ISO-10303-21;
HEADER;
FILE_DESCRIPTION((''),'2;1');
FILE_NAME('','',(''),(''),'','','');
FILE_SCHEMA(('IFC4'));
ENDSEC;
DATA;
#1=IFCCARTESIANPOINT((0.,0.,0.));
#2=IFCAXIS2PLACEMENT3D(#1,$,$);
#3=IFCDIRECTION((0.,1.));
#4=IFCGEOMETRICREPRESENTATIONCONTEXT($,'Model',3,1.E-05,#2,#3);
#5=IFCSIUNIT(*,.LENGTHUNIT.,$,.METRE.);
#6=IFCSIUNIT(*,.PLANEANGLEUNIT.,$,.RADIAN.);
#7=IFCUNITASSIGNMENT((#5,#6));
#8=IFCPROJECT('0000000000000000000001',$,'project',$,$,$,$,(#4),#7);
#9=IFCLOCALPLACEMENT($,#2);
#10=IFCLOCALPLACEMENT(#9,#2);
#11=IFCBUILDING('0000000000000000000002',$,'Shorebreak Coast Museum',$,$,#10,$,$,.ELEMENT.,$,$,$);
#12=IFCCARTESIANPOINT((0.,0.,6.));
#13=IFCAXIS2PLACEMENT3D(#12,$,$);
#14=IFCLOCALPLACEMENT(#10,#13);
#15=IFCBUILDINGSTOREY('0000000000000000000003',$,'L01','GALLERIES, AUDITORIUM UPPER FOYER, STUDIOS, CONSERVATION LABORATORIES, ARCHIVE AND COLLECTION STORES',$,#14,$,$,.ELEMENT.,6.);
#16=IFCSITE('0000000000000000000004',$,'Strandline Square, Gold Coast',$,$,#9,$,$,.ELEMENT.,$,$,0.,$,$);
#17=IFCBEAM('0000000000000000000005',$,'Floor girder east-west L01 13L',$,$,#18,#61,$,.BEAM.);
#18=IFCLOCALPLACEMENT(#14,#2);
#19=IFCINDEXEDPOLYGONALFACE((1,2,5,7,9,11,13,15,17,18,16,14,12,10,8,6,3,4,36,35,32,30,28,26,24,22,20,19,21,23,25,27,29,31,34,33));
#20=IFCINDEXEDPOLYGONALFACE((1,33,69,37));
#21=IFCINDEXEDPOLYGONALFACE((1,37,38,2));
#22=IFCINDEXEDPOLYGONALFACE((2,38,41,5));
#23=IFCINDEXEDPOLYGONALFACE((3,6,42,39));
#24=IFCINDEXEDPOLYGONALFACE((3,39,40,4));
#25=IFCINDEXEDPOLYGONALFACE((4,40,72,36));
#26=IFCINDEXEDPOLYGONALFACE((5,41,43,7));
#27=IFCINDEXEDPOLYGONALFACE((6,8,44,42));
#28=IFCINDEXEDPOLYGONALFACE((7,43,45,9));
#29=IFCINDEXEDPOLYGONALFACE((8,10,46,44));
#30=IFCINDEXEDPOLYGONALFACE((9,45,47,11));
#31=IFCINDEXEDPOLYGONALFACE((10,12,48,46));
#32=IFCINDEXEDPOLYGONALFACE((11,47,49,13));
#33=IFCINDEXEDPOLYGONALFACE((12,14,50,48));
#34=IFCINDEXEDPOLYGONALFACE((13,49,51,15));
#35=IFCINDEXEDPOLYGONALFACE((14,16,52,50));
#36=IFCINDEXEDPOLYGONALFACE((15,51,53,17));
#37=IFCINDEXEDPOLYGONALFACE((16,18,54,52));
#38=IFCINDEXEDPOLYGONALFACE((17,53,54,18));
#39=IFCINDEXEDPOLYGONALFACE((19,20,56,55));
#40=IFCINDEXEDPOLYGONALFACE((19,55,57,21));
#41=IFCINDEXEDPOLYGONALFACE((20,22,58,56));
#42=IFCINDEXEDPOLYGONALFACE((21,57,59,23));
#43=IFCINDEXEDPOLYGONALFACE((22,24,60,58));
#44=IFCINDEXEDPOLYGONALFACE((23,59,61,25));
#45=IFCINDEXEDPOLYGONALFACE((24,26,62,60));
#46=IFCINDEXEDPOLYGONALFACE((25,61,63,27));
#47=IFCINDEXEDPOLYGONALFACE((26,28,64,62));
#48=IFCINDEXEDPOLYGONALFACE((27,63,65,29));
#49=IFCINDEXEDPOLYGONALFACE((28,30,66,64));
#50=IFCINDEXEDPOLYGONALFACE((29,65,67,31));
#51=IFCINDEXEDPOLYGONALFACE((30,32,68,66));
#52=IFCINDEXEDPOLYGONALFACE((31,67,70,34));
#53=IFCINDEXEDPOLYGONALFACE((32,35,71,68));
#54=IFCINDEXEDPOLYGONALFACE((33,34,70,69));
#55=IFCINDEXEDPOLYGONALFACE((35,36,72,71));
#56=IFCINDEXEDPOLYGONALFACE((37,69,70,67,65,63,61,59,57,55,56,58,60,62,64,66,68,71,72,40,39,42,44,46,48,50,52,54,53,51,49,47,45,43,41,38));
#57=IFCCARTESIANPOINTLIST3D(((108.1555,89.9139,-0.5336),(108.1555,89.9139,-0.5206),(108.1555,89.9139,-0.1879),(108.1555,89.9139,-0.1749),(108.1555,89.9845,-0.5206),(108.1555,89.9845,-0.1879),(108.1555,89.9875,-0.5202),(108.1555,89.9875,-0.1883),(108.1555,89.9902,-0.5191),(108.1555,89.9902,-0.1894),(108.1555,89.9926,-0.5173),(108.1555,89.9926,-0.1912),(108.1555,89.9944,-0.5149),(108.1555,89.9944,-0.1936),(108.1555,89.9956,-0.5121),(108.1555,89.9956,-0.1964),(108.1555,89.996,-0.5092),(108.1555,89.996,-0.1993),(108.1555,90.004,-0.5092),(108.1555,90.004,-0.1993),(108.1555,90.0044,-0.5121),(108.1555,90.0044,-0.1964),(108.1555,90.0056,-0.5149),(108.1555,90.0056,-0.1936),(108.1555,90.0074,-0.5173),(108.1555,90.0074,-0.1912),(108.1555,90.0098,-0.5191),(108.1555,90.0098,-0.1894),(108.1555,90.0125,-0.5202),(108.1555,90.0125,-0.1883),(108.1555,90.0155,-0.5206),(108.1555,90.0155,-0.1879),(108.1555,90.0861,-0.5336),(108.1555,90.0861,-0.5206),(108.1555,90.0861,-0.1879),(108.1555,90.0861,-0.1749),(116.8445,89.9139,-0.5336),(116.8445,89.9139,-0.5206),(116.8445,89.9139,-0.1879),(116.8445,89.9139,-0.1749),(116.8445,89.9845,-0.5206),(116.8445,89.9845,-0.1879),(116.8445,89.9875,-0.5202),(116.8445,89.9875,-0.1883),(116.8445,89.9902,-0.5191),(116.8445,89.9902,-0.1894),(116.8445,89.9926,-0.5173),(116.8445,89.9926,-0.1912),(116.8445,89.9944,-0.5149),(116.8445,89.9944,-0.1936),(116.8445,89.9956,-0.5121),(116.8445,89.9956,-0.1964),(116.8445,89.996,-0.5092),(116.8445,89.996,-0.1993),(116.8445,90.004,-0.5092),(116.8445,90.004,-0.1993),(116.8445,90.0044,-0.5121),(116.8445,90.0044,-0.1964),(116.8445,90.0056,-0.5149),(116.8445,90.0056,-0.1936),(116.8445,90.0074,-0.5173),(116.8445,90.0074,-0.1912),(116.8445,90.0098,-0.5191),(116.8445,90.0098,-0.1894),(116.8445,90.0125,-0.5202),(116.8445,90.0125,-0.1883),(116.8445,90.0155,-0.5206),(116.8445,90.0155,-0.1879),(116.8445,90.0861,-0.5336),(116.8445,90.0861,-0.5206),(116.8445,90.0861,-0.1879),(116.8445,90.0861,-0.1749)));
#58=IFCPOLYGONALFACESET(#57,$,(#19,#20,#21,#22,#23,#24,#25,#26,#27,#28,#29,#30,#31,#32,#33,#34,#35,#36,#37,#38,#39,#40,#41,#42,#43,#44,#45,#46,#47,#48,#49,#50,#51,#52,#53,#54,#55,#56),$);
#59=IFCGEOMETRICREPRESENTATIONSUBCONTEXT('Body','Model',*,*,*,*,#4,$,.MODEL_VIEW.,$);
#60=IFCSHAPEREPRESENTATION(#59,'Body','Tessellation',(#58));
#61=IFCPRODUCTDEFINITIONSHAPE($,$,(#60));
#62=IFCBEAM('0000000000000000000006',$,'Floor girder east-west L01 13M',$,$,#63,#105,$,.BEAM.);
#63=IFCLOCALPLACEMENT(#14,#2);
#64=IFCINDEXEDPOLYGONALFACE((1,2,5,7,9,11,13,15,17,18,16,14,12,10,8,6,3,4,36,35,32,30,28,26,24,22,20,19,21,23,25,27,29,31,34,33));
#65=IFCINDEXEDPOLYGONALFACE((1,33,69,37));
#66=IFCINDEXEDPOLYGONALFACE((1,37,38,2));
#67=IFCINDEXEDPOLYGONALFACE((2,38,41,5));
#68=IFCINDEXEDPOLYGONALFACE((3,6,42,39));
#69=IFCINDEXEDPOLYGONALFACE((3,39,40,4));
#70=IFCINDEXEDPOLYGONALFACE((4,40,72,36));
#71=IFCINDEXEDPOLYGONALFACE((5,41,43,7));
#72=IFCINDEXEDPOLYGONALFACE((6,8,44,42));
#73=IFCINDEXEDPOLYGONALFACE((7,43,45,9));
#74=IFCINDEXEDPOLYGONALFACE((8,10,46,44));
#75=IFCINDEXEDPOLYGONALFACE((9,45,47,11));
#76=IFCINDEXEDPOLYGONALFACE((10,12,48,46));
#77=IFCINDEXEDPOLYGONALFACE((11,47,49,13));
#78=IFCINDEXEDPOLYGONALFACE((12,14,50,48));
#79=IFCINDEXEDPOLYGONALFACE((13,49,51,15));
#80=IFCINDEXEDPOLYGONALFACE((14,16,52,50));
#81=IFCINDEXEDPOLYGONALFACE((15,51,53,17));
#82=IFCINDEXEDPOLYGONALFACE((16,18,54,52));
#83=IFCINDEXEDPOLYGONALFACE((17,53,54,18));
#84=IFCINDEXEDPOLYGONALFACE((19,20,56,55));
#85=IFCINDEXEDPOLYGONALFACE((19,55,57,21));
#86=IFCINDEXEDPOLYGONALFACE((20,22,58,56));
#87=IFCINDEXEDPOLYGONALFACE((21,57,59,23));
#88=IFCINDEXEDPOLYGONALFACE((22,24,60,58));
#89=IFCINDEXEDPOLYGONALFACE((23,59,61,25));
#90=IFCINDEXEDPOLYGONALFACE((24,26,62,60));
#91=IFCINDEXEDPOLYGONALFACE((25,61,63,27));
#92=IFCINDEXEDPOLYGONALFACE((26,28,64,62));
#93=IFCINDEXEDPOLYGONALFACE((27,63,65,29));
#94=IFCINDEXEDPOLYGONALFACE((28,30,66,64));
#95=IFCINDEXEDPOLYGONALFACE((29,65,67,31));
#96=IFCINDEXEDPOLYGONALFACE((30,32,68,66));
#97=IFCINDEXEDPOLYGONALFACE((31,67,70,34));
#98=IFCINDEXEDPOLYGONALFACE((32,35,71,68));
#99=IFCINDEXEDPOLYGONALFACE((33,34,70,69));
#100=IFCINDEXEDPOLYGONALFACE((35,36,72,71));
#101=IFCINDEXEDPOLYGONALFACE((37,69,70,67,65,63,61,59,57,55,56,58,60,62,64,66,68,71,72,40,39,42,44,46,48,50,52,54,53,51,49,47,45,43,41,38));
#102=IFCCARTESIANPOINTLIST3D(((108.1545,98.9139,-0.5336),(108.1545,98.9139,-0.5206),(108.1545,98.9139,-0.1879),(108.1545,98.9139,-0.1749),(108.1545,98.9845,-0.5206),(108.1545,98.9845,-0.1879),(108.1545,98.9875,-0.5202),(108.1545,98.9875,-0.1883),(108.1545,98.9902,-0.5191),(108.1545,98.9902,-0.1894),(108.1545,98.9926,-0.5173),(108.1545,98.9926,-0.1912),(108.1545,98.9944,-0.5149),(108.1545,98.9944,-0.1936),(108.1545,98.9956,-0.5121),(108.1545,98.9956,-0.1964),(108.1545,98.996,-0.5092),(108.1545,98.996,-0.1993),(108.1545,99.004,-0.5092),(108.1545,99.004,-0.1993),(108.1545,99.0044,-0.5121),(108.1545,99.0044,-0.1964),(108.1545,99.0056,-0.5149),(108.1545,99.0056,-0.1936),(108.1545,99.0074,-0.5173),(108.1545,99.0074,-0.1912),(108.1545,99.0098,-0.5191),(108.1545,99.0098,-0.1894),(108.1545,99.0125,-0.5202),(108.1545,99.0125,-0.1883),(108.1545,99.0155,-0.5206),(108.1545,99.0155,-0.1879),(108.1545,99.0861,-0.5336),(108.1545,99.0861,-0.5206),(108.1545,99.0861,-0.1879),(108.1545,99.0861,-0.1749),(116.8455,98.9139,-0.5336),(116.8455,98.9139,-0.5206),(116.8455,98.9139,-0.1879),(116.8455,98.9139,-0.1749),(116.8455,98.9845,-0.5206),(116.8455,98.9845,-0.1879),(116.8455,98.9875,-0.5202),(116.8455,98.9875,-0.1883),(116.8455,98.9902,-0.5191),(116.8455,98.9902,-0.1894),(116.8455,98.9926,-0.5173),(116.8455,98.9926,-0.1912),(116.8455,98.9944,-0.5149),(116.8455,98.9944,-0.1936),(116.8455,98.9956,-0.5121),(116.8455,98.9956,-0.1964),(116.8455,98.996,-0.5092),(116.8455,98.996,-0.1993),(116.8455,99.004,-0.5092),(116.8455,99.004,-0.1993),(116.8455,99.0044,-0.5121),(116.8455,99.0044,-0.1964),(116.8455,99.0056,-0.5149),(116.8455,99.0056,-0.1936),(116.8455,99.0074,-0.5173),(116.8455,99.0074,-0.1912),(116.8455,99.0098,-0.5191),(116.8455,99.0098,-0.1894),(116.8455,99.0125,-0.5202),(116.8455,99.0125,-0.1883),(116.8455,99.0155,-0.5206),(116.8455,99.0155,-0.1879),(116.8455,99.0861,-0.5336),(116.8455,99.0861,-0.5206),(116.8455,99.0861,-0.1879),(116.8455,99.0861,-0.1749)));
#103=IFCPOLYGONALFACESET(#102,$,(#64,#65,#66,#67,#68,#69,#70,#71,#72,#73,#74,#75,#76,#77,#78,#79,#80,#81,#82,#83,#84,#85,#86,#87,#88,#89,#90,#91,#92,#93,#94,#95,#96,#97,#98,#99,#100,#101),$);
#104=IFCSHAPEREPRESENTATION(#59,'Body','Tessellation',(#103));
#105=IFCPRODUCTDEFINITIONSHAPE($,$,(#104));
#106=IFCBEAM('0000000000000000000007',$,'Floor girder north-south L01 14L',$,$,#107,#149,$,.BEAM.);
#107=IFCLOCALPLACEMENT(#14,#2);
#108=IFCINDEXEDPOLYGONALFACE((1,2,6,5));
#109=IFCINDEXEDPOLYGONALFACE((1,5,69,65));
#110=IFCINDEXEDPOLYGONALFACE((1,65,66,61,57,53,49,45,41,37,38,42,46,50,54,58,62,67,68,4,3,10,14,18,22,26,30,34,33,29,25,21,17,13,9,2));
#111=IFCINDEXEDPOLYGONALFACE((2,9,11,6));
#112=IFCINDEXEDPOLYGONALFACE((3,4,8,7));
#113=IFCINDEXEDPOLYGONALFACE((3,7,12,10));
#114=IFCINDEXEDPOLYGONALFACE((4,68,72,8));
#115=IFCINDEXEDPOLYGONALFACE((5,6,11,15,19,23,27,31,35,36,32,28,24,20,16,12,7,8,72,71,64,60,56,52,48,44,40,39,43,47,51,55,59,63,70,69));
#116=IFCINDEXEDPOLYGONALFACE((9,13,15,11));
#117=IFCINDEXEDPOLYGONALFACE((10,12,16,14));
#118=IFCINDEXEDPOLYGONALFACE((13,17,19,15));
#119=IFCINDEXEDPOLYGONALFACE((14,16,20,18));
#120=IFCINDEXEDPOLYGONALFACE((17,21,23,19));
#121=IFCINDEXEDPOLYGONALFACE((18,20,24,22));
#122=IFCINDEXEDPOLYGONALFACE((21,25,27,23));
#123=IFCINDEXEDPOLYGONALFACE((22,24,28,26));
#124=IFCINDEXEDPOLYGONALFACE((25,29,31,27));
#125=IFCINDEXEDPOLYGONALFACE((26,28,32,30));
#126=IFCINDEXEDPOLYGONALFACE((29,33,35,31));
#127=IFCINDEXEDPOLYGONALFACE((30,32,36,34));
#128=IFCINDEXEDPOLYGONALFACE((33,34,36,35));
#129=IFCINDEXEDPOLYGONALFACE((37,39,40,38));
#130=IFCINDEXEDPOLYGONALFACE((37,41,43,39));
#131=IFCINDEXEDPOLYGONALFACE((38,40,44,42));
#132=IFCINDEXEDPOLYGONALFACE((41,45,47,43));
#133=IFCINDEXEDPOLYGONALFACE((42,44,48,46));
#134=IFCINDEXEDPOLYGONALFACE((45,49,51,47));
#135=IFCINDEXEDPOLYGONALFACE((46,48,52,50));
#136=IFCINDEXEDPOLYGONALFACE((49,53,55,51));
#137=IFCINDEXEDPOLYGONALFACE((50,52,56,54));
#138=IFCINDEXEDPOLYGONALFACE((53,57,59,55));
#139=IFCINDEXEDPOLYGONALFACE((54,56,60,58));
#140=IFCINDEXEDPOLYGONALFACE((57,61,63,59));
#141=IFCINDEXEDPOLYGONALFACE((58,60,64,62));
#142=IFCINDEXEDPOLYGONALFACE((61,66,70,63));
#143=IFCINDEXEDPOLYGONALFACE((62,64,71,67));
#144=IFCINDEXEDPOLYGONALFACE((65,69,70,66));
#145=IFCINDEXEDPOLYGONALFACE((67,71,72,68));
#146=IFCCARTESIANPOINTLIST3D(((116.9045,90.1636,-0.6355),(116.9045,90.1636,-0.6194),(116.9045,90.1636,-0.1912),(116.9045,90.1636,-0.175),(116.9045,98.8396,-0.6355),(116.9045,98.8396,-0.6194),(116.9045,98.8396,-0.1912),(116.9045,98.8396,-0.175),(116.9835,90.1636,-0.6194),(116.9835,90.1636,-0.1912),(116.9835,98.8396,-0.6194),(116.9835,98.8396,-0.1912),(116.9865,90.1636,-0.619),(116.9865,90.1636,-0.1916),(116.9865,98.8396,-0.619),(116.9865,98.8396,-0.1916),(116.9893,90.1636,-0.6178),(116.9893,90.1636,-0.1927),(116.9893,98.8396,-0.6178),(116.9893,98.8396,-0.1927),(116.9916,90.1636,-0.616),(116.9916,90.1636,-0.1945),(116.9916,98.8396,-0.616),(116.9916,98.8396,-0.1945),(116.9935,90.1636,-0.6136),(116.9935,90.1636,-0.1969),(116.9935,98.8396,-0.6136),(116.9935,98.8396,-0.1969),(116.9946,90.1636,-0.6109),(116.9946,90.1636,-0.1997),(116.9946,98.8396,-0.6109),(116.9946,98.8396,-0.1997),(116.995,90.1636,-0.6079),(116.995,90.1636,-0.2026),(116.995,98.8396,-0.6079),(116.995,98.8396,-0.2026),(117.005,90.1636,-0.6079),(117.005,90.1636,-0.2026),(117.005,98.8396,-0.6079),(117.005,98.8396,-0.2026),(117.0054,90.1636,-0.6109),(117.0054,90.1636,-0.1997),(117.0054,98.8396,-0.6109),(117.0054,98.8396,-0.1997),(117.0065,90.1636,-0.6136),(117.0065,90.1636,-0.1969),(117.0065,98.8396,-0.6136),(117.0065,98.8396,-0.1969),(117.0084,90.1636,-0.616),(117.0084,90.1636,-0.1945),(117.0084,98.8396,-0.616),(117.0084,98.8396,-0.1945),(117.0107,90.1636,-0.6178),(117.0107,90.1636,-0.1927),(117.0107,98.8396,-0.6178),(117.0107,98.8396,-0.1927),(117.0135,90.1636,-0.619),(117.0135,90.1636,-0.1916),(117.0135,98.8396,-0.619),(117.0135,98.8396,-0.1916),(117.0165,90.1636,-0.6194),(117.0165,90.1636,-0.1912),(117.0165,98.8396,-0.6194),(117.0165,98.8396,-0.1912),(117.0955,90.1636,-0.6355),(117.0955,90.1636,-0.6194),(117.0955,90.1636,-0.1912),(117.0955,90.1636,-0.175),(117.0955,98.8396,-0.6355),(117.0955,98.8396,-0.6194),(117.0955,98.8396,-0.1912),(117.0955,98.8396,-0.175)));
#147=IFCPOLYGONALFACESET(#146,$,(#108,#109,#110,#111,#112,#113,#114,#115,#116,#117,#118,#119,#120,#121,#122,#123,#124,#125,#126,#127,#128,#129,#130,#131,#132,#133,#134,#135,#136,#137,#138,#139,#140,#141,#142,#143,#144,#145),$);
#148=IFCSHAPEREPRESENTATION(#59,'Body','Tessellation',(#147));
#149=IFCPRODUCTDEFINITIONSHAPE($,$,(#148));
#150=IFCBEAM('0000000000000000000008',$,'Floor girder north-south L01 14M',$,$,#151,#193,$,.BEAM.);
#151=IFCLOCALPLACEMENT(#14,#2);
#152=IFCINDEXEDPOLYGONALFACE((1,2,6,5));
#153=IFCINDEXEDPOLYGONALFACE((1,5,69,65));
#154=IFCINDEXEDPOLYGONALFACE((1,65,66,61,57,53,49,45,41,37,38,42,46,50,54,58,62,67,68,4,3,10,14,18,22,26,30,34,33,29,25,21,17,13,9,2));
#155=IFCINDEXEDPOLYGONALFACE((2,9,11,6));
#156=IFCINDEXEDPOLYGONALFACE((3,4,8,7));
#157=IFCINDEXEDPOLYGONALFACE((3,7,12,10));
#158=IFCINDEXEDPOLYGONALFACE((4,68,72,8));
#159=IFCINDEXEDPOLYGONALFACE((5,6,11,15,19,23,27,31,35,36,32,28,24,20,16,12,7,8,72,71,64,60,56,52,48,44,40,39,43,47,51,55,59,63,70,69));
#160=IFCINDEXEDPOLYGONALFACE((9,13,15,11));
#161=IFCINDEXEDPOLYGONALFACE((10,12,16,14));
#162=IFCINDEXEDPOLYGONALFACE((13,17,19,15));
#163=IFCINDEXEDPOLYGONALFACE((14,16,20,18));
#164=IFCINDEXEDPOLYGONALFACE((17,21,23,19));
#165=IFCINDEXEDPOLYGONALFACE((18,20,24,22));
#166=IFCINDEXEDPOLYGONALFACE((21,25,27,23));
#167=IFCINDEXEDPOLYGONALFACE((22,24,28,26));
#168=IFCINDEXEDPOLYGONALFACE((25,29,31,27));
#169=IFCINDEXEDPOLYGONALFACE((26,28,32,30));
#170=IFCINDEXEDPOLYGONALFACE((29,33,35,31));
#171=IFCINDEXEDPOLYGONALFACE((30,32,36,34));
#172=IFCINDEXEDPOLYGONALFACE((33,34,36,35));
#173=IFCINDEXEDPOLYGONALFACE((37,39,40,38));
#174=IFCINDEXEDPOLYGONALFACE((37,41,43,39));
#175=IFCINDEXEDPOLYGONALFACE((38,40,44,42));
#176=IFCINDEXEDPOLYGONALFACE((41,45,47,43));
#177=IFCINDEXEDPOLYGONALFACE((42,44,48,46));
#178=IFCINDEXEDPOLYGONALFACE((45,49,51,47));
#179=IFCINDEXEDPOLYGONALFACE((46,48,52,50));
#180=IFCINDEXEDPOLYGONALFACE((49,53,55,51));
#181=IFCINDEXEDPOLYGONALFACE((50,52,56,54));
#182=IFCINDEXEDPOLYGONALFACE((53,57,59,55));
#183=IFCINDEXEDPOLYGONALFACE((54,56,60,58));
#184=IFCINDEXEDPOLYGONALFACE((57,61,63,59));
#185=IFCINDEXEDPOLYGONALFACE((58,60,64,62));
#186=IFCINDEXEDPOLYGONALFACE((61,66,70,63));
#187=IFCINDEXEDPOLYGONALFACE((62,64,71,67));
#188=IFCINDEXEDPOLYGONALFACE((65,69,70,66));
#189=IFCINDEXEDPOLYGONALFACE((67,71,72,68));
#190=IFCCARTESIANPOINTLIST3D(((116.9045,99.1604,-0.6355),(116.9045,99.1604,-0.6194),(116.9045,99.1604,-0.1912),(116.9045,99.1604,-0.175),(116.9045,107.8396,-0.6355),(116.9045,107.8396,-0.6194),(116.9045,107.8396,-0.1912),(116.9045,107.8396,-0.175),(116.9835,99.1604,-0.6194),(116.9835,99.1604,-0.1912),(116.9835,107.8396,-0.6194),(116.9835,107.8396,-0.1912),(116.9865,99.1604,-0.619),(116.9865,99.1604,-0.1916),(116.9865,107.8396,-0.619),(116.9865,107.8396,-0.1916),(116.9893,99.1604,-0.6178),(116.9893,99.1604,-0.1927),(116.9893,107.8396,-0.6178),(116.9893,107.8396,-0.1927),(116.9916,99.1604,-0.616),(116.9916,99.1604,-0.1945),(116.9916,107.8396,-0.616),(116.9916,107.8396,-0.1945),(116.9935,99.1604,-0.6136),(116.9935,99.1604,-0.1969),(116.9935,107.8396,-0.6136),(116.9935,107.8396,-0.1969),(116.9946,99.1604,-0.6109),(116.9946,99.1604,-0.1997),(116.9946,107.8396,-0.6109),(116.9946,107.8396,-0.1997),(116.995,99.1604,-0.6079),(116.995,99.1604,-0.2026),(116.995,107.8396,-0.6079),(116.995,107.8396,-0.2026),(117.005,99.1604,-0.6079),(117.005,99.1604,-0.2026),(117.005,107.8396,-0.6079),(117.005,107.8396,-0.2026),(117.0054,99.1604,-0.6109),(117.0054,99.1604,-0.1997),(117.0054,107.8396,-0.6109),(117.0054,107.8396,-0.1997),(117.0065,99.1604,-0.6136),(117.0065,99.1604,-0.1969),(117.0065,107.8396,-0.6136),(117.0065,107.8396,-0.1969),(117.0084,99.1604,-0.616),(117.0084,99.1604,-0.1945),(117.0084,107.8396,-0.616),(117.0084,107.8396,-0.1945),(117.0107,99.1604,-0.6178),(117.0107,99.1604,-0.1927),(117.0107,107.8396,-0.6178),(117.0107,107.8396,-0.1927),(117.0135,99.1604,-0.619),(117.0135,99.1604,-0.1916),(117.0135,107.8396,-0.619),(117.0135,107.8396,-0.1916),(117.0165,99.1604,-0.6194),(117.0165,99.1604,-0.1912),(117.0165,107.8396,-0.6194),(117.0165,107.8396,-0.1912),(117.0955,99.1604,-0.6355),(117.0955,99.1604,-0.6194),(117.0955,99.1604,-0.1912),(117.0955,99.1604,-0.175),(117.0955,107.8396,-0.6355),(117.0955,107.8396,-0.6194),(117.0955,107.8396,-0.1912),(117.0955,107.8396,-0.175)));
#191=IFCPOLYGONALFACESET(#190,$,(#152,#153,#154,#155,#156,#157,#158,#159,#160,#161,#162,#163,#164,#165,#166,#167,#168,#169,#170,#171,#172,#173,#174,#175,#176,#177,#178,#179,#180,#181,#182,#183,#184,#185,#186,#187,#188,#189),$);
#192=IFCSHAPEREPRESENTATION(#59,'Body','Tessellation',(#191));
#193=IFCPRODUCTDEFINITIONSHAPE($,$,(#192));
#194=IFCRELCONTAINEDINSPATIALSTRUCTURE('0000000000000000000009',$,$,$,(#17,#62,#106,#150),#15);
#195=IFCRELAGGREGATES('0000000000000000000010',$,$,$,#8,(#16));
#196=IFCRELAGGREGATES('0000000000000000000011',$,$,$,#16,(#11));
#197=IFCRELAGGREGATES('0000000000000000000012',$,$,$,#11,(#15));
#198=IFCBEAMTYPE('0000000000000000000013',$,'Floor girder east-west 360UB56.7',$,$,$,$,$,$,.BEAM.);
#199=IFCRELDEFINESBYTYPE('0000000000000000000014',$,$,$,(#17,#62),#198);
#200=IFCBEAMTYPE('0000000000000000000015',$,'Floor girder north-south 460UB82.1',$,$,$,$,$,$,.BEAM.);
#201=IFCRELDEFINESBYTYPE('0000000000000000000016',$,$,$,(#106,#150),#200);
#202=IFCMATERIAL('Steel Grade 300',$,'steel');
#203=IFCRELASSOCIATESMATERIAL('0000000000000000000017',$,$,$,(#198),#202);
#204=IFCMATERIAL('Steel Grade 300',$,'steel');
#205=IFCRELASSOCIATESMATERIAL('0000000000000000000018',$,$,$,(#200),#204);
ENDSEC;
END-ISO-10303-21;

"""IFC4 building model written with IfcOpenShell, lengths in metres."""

from ifc_helpers import new_model, si_unit, direction, frame, origin, origin_2d, place, context, subcontext, project, spatial, i_section, extrude, material, material_profile, profile_set, type_object, element, save


model = new_model("IFC4")

# Units and contexts
model_context = context("Model", 3, precision=1e-05, world=origin(), true_north=direction((0.0, 1.0)))
body_context = subcontext(model_context, "Body", "Model", "MODEL_VIEW")
ifc_project = project(units=[si_unit("LENGTHUNIT", "METRE"), si_unit("PLANEANGLEUNIT", "RADIAN")], contexts=[model_context])

# Site, building, storey
site_placement = place(None, origin())
site = spatial("IfcSite", under=ifc_project, at=site_placement, Name="Strandline Square, Gold Coast", CompositionType="ELEMENT", RefElevation=0.0)
building_placement = place(site_placement, origin())
building = spatial("IfcBuilding", under=site, at=building_placement, Name="Shorebreak Coast Museum", CompositionType="ELEMENT")
storey_placement = place(building_placement, frame((0.0, 0.0, 6.0)))
storey = spatial("IfcBuildingStorey", under=building, at=storey_placement, Name="L01", Description="GALLERIES, AUDITORIUM UPPER FOYER, STUDIOS, CONSERVATION LABORATORIES, ARCHIVE AND COLLECTION STORES", CompositionType="ELEMENT", Elevation=6.0)

# Beams
ifc_material_1 = material(Name="Steel Grade 300", Category="steel")
ifc_material_profile_1 = material_profile(ifc_material_1, i_section(OverallWidth=0.1721, OverallDepth=0.3586, WebThickness=0.0081, FlangeThickness=0.0129, FilletRadius=0.0115, at=origin_2d()), Name="360UB56.7")
ifc_profile_set_1 = profile_set([ifc_material_profile_1], Name="Steel Grade 300")
beam_type_1 = type_object("IfcBeamType", Name="Floor girder east-west 360UB56.7", PredefinedType="BEAM", material=ifc_profile_set_1)
beam_1_placement = place(storey_placement, frame((108.1555, 90.0, -0.3542), z_axis=(1.0, 0.0, 0.0), x_axis=(0.0, 1.0, 0.0)))
element("IfcBeam", 1, at=beam_1_placement, inside=storey, type_object=beam_type_1, Name="Floor girder east-west L01 13L", PredefinedType="BEAM", context=body_context, shape_type="SweptSolid", body=[
    extrude(i_section(OverallWidth=0.1721, OverallDepth=0.3586, WebThickness=0.0081, FlangeThickness=0.0129, FilletRadius=0.0115, at=origin_2d()), origin(), (0.0, 0.0, 1.0), 8.689),
])
beam_2_placement = place(storey_placement, frame((108.1545, 99.0, -0.3542), z_axis=(1.0, 0.0, 0.0), x_axis=(0.0, 1.0, 0.0)))
element("IfcBeam", 2, at=beam_2_placement, inside=storey, type_object=beam_type_1, Name="Floor girder east-west L01 13M", PredefinedType="BEAM", context=body_context, shape_type="SweptSolid", body=[
    extrude(i_section(OverallWidth=0.1721, OverallDepth=0.3586, WebThickness=0.0081, FlangeThickness=0.0129, FilletRadius=0.0115, at=origin_2d()), origin(), (0.0, 0.0, 1.0), 8.6909),
])
ifc_material_2 = material(Name="Steel Grade 300", Category="steel")
ifc_material_profile_2 = material_profile(ifc_material_2, i_section(OverallWidth=0.1909, OverallDepth=0.4604, WebThickness=0.01, FlangeThickness=0.0161, FilletRadius=0.0115, at=origin_2d()), Name="460UB82.1")
ifc_profile_set_2 = profile_set([ifc_material_profile_2], Name="Steel Grade 300")
beam_type_2 = type_object("IfcBeamType", Name="Floor girder north-south 460UB82.1", PredefinedType="BEAM", material=ifc_profile_set_2)
beam_3_placement = place(storey_placement, frame((117.0, 90.1636, -0.4053), z_axis=(0.0, 1.0, 0.0), x_axis=(-1.0, 0.0, 0.0)))
element("IfcBeam", 3, at=beam_3_placement, inside=storey, type_object=beam_type_2, Name="Floor girder north-south L01 14L", PredefinedType="BEAM", context=body_context, shape_type="SweptSolid", body=[
    extrude(i_section(OverallWidth=0.1909, OverallDepth=0.4604, WebThickness=0.01, FlangeThickness=0.0161, FilletRadius=0.0115, at=origin_2d()), origin(), (0.0, 0.0, 1.0), 8.676),
])
beam_4_placement = place(storey_placement, frame((117.0, 99.1604, -0.4053), z_axis=(0.0, 1.0, 0.0), x_axis=(-1.0, 0.0, 0.0)))
element("IfcBeam", 4, at=beam_4_placement, inside=storey, type_object=beam_type_2, Name="Floor girder north-south L01 14M", PredefinedType="BEAM", context=body_context, shape_type="SweptSolid", body=[
    extrude(i_section(OverallWidth=0.1909, OverallDepth=0.4604, WebThickness=0.01, FlangeThickness=0.0161, FilletRadius=0.0115, at=origin_2d()), origin(), (0.0, 0.0, 1.0), 8.6792),
])

save(model, "model.ifc")
